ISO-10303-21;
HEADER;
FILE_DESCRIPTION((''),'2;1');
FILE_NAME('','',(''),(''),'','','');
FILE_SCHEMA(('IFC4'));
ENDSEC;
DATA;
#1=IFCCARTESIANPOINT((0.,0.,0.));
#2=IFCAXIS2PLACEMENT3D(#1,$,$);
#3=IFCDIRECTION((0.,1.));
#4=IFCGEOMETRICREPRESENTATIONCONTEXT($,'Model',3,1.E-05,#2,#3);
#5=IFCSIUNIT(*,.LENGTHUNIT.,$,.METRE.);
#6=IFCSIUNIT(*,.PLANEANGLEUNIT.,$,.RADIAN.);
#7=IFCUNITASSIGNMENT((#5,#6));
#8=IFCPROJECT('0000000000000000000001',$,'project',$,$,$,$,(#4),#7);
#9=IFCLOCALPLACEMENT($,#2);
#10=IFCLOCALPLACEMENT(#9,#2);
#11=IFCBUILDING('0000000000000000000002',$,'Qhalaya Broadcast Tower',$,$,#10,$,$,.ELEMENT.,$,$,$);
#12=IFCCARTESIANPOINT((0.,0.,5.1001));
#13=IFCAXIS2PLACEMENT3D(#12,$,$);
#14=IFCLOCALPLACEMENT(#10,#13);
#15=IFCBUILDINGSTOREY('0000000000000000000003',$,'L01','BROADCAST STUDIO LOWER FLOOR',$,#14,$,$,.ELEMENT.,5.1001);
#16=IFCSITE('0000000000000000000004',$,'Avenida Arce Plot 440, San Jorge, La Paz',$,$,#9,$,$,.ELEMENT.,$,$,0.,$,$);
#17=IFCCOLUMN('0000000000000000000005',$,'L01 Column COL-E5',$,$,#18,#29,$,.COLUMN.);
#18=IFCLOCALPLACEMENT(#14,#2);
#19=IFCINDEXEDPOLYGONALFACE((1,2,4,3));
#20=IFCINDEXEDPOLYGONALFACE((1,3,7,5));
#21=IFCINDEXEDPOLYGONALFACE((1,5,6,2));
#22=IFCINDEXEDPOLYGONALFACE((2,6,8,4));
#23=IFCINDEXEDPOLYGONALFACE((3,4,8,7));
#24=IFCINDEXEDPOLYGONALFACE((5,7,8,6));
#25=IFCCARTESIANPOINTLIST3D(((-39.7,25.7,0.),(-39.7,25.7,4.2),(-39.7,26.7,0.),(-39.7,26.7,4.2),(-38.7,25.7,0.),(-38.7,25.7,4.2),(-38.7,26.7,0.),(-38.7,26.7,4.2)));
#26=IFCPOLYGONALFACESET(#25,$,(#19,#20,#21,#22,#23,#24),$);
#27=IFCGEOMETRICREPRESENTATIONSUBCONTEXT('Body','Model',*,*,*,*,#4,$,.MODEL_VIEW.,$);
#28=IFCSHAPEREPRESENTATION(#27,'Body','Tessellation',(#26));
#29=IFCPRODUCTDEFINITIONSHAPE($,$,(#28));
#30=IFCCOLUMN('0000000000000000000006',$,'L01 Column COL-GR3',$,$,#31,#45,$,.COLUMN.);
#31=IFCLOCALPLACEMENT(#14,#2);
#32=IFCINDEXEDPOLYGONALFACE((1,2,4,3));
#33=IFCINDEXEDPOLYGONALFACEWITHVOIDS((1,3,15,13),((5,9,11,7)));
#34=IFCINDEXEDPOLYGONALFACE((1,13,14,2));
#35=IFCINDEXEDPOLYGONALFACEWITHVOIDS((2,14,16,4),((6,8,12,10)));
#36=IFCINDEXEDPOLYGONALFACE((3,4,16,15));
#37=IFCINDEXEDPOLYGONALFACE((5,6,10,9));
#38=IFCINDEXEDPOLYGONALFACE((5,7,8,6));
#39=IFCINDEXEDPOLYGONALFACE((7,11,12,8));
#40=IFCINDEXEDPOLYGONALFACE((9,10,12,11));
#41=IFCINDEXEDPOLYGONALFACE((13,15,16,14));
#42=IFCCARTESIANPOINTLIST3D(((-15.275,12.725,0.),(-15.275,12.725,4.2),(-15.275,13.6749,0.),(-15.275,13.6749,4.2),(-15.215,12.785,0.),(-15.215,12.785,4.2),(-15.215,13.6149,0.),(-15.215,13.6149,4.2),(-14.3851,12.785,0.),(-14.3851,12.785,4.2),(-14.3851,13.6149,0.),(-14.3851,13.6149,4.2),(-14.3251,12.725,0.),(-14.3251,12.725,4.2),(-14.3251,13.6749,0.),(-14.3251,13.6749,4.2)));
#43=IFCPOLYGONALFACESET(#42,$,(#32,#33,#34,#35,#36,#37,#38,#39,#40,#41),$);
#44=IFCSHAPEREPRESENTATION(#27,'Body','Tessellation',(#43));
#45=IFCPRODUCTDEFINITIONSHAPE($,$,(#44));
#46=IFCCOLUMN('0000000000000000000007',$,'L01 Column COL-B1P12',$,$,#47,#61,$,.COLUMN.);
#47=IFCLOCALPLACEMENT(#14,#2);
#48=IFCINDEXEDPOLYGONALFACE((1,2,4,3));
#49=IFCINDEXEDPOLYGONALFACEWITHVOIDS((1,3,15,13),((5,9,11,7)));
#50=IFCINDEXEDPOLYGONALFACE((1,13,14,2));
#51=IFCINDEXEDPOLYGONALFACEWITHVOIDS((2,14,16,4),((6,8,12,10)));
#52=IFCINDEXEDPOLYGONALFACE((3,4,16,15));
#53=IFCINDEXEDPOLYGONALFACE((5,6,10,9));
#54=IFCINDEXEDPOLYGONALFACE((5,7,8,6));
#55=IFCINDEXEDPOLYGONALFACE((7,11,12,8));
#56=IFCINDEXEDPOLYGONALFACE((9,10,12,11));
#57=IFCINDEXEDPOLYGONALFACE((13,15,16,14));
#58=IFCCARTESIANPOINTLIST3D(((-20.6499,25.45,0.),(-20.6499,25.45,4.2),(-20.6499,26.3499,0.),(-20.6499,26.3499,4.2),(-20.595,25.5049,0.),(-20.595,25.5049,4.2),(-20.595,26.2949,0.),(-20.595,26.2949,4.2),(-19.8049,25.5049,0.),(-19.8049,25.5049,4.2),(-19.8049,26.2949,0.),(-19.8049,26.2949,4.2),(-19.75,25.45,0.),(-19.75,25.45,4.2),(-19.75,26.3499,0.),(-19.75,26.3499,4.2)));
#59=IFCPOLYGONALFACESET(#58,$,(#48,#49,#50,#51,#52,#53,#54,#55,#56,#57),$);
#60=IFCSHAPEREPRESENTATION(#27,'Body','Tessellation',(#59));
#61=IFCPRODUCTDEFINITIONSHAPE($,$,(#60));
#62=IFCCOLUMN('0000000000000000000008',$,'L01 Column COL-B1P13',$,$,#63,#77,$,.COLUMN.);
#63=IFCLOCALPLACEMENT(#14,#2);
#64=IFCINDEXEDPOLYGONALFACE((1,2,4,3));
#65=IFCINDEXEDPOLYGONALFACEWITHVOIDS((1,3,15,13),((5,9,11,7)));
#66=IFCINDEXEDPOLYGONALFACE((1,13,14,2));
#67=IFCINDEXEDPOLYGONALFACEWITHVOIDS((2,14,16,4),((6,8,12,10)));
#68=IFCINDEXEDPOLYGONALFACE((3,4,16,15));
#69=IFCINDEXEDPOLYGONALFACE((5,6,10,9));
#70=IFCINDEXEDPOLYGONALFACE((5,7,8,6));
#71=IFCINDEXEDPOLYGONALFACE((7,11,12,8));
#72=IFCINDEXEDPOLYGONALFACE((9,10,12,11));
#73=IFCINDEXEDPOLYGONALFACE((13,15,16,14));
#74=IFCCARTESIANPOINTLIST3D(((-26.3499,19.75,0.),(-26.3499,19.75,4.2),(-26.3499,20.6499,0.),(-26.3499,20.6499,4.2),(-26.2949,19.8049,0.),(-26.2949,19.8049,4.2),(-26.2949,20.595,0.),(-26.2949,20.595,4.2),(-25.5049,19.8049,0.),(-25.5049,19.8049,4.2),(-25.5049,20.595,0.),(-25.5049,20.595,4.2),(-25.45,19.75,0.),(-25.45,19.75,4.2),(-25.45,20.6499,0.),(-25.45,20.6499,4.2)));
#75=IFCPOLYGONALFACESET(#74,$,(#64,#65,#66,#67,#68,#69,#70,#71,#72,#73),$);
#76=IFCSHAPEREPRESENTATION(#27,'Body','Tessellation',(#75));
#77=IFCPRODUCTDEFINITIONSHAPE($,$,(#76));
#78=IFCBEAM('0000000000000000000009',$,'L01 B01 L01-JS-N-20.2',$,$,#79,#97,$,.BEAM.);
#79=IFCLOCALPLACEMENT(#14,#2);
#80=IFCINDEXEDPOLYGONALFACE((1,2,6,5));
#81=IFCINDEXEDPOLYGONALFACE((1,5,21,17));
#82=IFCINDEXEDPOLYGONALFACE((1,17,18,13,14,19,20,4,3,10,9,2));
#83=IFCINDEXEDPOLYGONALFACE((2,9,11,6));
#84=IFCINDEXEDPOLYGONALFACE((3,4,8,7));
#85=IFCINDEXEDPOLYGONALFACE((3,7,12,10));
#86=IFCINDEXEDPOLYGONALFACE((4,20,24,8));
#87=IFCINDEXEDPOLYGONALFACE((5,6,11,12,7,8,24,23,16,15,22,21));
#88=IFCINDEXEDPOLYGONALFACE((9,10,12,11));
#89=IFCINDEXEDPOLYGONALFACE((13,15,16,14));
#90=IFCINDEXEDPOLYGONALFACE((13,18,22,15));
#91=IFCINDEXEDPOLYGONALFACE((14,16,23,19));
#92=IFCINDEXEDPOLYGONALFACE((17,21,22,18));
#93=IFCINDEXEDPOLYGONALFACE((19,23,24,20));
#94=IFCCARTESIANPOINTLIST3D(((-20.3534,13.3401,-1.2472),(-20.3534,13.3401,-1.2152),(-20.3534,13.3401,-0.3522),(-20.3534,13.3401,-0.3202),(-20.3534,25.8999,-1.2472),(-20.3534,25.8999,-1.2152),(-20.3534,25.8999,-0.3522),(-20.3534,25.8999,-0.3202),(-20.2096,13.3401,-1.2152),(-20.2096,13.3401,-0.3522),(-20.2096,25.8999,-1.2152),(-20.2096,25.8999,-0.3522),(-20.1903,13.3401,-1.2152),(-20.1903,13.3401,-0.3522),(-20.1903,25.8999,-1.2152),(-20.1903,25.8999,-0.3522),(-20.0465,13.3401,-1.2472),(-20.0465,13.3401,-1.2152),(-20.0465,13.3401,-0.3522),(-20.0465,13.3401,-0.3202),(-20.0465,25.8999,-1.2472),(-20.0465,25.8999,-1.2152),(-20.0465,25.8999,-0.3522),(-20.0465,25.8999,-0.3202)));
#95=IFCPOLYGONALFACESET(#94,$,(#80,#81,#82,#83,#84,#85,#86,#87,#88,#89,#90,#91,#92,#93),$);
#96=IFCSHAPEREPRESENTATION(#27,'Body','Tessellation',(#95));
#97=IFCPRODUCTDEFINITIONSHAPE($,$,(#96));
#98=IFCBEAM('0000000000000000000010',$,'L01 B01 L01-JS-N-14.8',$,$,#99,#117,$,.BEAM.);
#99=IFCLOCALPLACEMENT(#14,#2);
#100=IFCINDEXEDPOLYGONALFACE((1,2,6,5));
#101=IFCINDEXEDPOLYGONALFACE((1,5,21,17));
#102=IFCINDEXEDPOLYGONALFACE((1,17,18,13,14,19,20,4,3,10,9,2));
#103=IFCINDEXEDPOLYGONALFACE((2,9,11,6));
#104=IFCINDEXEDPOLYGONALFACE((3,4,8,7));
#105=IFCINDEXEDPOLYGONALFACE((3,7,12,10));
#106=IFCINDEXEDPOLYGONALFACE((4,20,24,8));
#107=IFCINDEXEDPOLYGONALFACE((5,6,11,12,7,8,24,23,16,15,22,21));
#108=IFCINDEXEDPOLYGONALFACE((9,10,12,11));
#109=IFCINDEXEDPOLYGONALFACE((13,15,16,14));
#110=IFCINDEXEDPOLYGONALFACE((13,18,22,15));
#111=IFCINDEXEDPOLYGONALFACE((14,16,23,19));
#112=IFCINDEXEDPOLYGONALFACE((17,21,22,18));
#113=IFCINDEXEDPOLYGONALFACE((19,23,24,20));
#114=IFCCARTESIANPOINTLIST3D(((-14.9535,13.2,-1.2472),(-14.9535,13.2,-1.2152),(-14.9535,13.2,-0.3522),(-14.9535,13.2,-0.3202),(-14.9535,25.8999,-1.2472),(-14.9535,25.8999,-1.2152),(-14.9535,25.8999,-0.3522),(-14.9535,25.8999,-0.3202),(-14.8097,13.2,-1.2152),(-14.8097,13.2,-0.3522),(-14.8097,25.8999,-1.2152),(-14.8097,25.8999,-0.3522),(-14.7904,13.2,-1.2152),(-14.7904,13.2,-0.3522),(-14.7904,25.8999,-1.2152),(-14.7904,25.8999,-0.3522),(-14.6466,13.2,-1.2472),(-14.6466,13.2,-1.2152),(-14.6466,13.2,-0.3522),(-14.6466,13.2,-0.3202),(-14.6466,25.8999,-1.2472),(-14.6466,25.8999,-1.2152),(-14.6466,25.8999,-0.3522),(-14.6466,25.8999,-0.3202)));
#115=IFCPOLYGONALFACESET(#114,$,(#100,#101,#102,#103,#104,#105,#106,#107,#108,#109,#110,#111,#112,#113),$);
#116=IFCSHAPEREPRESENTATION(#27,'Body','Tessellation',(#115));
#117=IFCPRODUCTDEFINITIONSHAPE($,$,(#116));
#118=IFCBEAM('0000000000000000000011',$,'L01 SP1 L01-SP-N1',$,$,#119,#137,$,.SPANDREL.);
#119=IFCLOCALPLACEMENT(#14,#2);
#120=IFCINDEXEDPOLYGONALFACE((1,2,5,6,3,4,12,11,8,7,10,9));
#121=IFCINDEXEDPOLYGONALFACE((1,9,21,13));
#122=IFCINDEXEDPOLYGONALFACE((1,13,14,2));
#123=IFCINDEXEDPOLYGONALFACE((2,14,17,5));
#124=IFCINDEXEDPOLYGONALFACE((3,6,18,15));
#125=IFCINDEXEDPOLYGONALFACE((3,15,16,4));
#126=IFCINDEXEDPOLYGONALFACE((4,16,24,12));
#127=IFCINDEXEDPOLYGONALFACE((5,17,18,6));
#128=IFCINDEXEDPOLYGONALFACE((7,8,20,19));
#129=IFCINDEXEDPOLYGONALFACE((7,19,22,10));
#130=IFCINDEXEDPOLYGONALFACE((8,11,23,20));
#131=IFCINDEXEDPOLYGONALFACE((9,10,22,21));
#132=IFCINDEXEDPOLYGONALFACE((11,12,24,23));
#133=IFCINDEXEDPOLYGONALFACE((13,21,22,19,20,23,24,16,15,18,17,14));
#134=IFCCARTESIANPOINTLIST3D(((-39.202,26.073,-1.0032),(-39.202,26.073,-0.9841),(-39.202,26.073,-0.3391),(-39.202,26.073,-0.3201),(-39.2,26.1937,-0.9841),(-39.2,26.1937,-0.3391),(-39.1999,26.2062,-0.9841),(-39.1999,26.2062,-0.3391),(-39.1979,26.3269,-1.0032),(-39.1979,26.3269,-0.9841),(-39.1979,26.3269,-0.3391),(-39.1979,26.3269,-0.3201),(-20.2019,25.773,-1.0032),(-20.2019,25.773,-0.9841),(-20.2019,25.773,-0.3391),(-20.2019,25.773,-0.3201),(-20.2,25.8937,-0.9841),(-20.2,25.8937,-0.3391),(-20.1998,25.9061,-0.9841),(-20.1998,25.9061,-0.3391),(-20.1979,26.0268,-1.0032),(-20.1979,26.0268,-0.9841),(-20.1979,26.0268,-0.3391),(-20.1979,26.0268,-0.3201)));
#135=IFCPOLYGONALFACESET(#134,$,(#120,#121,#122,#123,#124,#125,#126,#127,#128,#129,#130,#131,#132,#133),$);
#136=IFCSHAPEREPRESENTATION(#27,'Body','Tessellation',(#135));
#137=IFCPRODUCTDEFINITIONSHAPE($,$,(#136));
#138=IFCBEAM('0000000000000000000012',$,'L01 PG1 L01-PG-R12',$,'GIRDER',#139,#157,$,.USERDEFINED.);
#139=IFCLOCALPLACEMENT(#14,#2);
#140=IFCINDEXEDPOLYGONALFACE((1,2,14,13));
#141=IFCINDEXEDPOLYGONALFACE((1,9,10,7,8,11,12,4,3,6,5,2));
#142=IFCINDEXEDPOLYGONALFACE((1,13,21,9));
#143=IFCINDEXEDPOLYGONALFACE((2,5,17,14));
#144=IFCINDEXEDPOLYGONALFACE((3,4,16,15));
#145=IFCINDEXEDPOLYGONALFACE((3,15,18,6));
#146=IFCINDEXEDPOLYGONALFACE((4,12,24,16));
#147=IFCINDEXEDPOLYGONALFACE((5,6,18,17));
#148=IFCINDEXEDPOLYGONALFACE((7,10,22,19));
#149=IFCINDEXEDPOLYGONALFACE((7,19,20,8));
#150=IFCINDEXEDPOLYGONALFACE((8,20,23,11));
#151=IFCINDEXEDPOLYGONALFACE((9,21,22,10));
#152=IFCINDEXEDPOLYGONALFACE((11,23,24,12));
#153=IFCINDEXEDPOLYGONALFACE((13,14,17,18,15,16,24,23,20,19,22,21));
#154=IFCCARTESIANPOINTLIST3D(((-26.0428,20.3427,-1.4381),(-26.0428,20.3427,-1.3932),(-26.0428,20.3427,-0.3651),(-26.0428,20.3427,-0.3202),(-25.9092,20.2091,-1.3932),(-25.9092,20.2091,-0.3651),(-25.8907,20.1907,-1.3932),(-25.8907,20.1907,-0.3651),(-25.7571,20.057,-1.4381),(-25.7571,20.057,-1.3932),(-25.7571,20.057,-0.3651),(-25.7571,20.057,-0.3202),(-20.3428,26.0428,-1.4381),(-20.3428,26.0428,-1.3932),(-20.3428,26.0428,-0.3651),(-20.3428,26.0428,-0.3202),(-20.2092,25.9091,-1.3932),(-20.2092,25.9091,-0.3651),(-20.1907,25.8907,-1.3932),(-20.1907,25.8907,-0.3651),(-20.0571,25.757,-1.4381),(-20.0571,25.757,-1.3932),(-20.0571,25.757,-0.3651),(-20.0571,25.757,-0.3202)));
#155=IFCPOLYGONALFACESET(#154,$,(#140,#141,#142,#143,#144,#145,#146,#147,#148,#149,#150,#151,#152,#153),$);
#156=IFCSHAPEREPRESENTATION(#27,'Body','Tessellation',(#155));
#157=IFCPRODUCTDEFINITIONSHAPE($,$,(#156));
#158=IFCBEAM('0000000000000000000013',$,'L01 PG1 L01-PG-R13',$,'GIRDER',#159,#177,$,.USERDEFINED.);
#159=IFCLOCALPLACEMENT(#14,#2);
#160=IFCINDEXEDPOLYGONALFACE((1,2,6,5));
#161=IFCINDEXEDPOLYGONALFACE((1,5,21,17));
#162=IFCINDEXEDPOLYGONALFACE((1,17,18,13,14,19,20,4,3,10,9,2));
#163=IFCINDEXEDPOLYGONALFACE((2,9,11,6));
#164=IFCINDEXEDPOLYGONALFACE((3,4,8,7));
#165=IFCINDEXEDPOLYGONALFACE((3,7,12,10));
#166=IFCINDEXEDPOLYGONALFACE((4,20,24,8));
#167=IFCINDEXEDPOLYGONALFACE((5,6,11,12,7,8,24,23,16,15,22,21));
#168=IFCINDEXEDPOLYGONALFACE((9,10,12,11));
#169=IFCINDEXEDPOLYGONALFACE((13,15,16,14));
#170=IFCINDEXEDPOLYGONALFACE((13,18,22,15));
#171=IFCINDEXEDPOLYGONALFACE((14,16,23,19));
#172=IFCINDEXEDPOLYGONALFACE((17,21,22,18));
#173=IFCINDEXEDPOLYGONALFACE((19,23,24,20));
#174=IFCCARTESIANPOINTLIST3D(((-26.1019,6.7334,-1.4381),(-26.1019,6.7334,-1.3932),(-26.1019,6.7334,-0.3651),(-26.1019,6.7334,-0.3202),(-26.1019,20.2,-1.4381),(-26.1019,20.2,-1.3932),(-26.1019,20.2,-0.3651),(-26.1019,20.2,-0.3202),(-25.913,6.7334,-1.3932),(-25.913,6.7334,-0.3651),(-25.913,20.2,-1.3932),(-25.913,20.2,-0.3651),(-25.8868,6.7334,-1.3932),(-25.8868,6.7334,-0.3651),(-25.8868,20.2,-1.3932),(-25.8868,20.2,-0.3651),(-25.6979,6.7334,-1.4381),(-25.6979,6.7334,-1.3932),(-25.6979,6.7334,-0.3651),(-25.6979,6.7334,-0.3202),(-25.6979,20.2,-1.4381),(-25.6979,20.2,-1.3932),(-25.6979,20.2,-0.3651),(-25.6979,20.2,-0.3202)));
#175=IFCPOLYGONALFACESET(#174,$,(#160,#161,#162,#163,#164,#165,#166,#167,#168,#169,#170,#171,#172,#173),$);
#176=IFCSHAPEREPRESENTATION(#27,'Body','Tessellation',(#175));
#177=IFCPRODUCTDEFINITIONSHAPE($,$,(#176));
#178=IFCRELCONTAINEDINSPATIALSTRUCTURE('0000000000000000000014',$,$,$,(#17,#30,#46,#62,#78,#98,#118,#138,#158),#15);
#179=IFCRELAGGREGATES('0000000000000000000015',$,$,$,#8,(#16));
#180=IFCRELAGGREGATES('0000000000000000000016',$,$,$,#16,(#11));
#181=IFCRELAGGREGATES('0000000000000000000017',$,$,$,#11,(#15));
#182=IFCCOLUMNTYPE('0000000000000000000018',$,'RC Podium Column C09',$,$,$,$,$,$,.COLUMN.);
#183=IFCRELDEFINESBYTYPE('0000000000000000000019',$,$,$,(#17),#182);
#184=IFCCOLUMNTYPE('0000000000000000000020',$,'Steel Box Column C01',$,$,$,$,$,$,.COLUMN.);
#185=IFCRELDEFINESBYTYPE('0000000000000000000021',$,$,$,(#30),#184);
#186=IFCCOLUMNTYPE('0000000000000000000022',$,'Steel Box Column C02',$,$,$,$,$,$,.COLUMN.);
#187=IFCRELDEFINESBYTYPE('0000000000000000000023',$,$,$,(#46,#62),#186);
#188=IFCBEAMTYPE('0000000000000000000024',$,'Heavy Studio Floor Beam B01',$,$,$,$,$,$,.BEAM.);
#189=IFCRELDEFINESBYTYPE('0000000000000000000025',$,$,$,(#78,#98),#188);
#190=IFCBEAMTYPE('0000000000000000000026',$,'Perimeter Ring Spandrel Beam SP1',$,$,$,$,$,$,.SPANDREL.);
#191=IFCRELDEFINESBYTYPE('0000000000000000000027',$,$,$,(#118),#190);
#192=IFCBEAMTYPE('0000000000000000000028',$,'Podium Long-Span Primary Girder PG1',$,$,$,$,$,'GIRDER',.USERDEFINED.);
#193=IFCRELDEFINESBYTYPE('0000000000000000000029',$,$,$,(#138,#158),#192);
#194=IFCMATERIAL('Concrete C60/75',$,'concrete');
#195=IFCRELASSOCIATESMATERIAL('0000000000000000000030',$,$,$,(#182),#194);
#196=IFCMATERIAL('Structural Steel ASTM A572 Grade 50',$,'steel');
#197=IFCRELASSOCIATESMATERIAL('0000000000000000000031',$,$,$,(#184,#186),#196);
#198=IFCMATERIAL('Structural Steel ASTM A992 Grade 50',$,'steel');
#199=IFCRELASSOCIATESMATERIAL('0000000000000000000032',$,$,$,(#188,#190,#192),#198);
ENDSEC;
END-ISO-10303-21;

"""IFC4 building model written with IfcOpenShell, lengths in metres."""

from ifc_helpers import new_model, si_unit, direction, frame, origin, origin_2d, place, context, subcontext, project, spatial, rectangle, hollow_rectangle, i_section, extrude, material, material_profile, profile_set, type_object, element, save


model = new_model("IFC4")

# Units and contexts
model_context = context("Model", 3, precision=1e-05, world=origin(), true_north=direction((0.0, 1.0)))
body_context = subcontext(model_context, "Body", "Model", "MODEL_VIEW")
ifc_project = project(units=[si_unit("LENGTHUNIT", "METRE"), si_unit("PLANEANGLEUNIT", "RADIAN")], contexts=[model_context])

# Site, building, storey
site_placement = place(None, origin())
site = spatial("IfcSite", under=ifc_project, at=site_placement, Name="Avenida Arce Plot 440, San Jorge, La Paz", CompositionType="ELEMENT", RefElevation=0.0)
building_placement = place(site_placement, origin())
building = spatial("IfcBuilding", under=site, at=building_placement, Name="Qhalaya Broadcast Tower", CompositionType="ELEMENT")
storey_placement = place(building_placement, frame((0.0, 0.0, 5.1001)))
storey = spatial("IfcBuildingStorey", under=building, at=storey_placement, Name="L01", Description="BROADCAST STUDIO LOWER FLOOR", CompositionType="ELEMENT", Elevation=5.1001)

# Columns
ifc_material_1 = material(Name="Concrete C60/75", Category="concrete")
ifc_material_profile_1 = material_profile(ifc_material_1, rectangle(XDim=1.0, YDim=1.0, at=origin_2d()), Name="RC-COL 1000x1000")
ifc_profile_set_1 = profile_set([ifc_material_profile_1], Name="Concrete C60/75")
column_type_1 = type_object("IfcColumnType", Name="RC Podium Column C09", PredefinedType="COLUMN", material=ifc_profile_set_1)
column_1_placement = place(storey_placement, frame((-39.2, 26.2, 0.0), z_axis=(0.0, 0.0, 1.0), x_axis=(1.0, 0.0, 0.0)))
element("IfcColumn", 1, at=column_1_placement, inside=storey, type_object=column_type_1, Name="L01 Column COL-E5", PredefinedType="COLUMN", context=body_context, shape_type="SweptSolid", body=[
    extrude(rectangle(XDim=1.0, YDim=1.0, at=origin_2d()), origin(), (0.0, 0.0, 1.0), 4.2),
])
ifc_material_2 = material(Name="Structural Steel ASTM A572 Grade 50", Category="steel")
ifc_material_profile_2 = material_profile(ifc_material_2, hollow_rectangle(XDim=0.95, YDim=0.95, WallThickness=0.0601, at=origin_2d()), Name="BOX 950x950x60")
ifc_profile_set_2 = profile_set([ifc_material_profile_2], Name="Structural Steel ASTM A572 Grade 50")
column_type_2 = type_object("IfcColumnType", Name="Steel Box Column C01", PredefinedType="COLUMN", material=ifc_profile_set_2)
column_2_placement = place(storey_placement, frame((-14.8, 13.2, 0.0), z_axis=(0.0, 0.0, 1.0), x_axis=(1.0, 0.0, 0.0)))
element("IfcColumn", 2, at=column_2_placement, inside=storey, type_object=column_type_2, Name="L01 Column COL-GR3", PredefinedType="COLUMN", context=body_context, shape_type="SweptSolid", body=[
    extrude(hollow_rectangle(XDim=0.95, YDim=0.95, WallThickness=0.0601, at=origin_2d()), origin(), (0.0, 0.0, 1.0), 4.2),
])
ifc_material_profile_3 = material_profile(ifc_material_2, hollow_rectangle(XDim=0.8999, YDim=0.8999, WallThickness=0.0549, at=origin_2d()), Name="BOX 900x900x55")
ifc_profile_set_3 = profile_set([ifc_material_profile_3], Name="Structural Steel ASTM A572 Grade 50")
column_type_3 = type_object("IfcColumnType", Name="Steel Box Column C02", PredefinedType="COLUMN", material=ifc_profile_set_3)
for number, where, z_axis, x_axis, name in (
    (3, (-20.2, 25.8999, 0.0), (0.0, 0.0, 1.0), (1.0, 0.0, 0.0), "L01 Column COL-B1P12"),
    (4, (-25.8999, 20.2, 0.0), (0.0, 0.0, 1.0), (0.0, 1.0, 0.0), "L01 Column COL-B1P13"),
):
    element("IfcColumn", number, at=place(storey_placement, frame(where, z_axis=z_axis, x_axis=x_axis)), inside=storey, type_object=column_type_3, Name=name, PredefinedType="COLUMN", context=body_context, shape_type="SweptSolid", body=[
        extrude(hollow_rectangle(XDim=0.8999, YDim=0.8999, WallThickness=0.0549, at=origin_2d()), origin(), (0.0, 0.0, 1.0), 4.2),
    ])

# Beams
ifc_material_3 = material(Name="Structural Steel ASTM A992 Grade 50", Category="steel")
ifc_material_profile_4 = material_profile(ifc_material_3, i_section(OverallWidth=0.3069, OverallDepth=0.927, WebThickness=0.0193, FlangeThickness=0.032, at=origin_2d()), Name="W36X194")
ifc_profile_set_4 = profile_set([ifc_material_profile_4], Name="Structural Steel ASTM A992 Grade 50")
beam_type_1 = type_object("IfcBeamType", Name="Heavy Studio Floor Beam B01", PredefinedType="BEAM", material=ifc_profile_set_4)
beam_1_placement = place(storey_placement, frame((-20.2, 13.3401, -0.7837), z_axis=(0.0, 1.0, 0.0), x_axis=(-1.0, 0.0, 0.0)))
element("IfcBeam", 5, at=beam_1_placement, inside=storey, type_object=beam_type_1, Name="L01 B01 L01-JS-N-20.2", PredefinedType="BEAM", context=body_context, shape_type="SweptSolid", body=[
    extrude(i_section(OverallWidth=0.3069, OverallDepth=0.927, WebThickness=0.0193, FlangeThickness=0.032, at=origin_2d()), origin(), (0.0, 0.0, 1.0), 12.5598),
])
beam_2_placement = place(storey_placement, frame((-14.8, 13.2, -0.7837), z_axis=(0.0, 1.0, 0.0), x_axis=(-1.0, 0.0, 0.0)))
element("IfcBeam", 6, at=beam_2_placement, inside=storey, type_object=beam_type_1, Name="L01 B01 L01-JS-N-14.8", PredefinedType="BEAM", context=body_context, shape_type="SweptSolid", body=[
    extrude(i_section(OverallWidth=0.3069, OverallDepth=0.927, WebThickness=0.0193, FlangeThickness=0.032, at=origin_2d()), origin(), (0.0, 0.0, 1.0), 12.7),
])
ifc_material_profile_5 = material_profile(ifc_material_3, i_section(OverallWidth=0.2539, OverallDepth=0.6831, WebThickness=0.0125, FlangeThickness=0.019, at=origin_2d()), Name="W27X94")
ifc_profile_set_5 = profile_set([ifc_material_profile_5], Name="Structural Steel ASTM A992 Grade 50")
beam_type_2 = type_object("IfcBeamType", Name="Perimeter Ring Spandrel Beam SP1", PredefinedType="SPANDREL", material=ifc_profile_set_5)
beam_3_placement = place(storey_placement, frame((-39.2, 26.2, -0.6616), z_axis=(0.999875, -0.01579, 0.0), x_axis=(0.01579, 0.999875, 0.0)))
element("IfcBeam", 7, at=beam_3_placement, inside=storey, type_object=beam_type_2, Name="L01 SP1 L01-SP-N1", PredefinedType="SPANDREL", context=body_context, shape_type="SweptSolid", body=[
    extrude(i_section(OverallWidth=0.2539, OverallDepth=0.6831, WebThickness=0.0125, FlangeThickness=0.019, at=origin_2d()), origin(), (0.0, 0.0, 1.0), 19.0024),
])
ifc_material_profile_6 = material_profile(ifc_material_3, i_section(OverallWidth=0.4041, OverallDepth=1.1179, WebThickness=0.0261, FlangeThickness=0.0449, at=origin_2d()), Name="W44X335")
ifc_profile_set_6 = profile_set([ifc_material_profile_6], Name="Structural Steel ASTM A992 Grade 50")
beam_type_3 = type_object("IfcBeamType", Name="Podium Long-Span Primary Girder PG1", ElementType="GIRDER", PredefinedType="USERDEFINED", material=ifc_profile_set_6)
beam_4_placement = place(storey_placement, frame((-20.2, 25.8999, -0.8792), z_axis=(-0.707107, -0.707107, 0.0), x_axis=(0.707107, -0.707107, 0.0)))
element("IfcBeam", 8, at=beam_4_placement, inside=storey, type_object=beam_type_3, Name="L01 PG1 L01-PG-R12", ObjectType="GIRDER", PredefinedType="USERDEFINED", context=body_context, shape_type="SweptSolid", body=[
    extrude(i_section(OverallWidth=0.4041, OverallDepth=1.1179, WebThickness=0.0261, FlangeThickness=0.0449, at=origin_2d()), origin(), (0.0, 0.0, 1.0), 8.061),
])
beam_5_placement = place(storey_placement, frame((-25.8999, 20.2, -0.8792), z_axis=(0.0, -1.0, 0.0), x_axis=(1.0, 0.0, 0.0)))
element("IfcBeam", 9, at=beam_5_placement, inside=storey, type_object=beam_type_3, Name="L01 PG1 L01-PG-R13", ObjectType="GIRDER", PredefinedType="USERDEFINED", context=body_context, shape_type="SweptSolid", body=[
    extrude(i_section(OverallWidth=0.4041, OverallDepth=1.1179, WebThickness=0.0261, FlangeThickness=0.0449, at=origin_2d()), origin(), (0.0, 0.0, 1.0), 13.4666),
])

save(model, "model.ifc")
